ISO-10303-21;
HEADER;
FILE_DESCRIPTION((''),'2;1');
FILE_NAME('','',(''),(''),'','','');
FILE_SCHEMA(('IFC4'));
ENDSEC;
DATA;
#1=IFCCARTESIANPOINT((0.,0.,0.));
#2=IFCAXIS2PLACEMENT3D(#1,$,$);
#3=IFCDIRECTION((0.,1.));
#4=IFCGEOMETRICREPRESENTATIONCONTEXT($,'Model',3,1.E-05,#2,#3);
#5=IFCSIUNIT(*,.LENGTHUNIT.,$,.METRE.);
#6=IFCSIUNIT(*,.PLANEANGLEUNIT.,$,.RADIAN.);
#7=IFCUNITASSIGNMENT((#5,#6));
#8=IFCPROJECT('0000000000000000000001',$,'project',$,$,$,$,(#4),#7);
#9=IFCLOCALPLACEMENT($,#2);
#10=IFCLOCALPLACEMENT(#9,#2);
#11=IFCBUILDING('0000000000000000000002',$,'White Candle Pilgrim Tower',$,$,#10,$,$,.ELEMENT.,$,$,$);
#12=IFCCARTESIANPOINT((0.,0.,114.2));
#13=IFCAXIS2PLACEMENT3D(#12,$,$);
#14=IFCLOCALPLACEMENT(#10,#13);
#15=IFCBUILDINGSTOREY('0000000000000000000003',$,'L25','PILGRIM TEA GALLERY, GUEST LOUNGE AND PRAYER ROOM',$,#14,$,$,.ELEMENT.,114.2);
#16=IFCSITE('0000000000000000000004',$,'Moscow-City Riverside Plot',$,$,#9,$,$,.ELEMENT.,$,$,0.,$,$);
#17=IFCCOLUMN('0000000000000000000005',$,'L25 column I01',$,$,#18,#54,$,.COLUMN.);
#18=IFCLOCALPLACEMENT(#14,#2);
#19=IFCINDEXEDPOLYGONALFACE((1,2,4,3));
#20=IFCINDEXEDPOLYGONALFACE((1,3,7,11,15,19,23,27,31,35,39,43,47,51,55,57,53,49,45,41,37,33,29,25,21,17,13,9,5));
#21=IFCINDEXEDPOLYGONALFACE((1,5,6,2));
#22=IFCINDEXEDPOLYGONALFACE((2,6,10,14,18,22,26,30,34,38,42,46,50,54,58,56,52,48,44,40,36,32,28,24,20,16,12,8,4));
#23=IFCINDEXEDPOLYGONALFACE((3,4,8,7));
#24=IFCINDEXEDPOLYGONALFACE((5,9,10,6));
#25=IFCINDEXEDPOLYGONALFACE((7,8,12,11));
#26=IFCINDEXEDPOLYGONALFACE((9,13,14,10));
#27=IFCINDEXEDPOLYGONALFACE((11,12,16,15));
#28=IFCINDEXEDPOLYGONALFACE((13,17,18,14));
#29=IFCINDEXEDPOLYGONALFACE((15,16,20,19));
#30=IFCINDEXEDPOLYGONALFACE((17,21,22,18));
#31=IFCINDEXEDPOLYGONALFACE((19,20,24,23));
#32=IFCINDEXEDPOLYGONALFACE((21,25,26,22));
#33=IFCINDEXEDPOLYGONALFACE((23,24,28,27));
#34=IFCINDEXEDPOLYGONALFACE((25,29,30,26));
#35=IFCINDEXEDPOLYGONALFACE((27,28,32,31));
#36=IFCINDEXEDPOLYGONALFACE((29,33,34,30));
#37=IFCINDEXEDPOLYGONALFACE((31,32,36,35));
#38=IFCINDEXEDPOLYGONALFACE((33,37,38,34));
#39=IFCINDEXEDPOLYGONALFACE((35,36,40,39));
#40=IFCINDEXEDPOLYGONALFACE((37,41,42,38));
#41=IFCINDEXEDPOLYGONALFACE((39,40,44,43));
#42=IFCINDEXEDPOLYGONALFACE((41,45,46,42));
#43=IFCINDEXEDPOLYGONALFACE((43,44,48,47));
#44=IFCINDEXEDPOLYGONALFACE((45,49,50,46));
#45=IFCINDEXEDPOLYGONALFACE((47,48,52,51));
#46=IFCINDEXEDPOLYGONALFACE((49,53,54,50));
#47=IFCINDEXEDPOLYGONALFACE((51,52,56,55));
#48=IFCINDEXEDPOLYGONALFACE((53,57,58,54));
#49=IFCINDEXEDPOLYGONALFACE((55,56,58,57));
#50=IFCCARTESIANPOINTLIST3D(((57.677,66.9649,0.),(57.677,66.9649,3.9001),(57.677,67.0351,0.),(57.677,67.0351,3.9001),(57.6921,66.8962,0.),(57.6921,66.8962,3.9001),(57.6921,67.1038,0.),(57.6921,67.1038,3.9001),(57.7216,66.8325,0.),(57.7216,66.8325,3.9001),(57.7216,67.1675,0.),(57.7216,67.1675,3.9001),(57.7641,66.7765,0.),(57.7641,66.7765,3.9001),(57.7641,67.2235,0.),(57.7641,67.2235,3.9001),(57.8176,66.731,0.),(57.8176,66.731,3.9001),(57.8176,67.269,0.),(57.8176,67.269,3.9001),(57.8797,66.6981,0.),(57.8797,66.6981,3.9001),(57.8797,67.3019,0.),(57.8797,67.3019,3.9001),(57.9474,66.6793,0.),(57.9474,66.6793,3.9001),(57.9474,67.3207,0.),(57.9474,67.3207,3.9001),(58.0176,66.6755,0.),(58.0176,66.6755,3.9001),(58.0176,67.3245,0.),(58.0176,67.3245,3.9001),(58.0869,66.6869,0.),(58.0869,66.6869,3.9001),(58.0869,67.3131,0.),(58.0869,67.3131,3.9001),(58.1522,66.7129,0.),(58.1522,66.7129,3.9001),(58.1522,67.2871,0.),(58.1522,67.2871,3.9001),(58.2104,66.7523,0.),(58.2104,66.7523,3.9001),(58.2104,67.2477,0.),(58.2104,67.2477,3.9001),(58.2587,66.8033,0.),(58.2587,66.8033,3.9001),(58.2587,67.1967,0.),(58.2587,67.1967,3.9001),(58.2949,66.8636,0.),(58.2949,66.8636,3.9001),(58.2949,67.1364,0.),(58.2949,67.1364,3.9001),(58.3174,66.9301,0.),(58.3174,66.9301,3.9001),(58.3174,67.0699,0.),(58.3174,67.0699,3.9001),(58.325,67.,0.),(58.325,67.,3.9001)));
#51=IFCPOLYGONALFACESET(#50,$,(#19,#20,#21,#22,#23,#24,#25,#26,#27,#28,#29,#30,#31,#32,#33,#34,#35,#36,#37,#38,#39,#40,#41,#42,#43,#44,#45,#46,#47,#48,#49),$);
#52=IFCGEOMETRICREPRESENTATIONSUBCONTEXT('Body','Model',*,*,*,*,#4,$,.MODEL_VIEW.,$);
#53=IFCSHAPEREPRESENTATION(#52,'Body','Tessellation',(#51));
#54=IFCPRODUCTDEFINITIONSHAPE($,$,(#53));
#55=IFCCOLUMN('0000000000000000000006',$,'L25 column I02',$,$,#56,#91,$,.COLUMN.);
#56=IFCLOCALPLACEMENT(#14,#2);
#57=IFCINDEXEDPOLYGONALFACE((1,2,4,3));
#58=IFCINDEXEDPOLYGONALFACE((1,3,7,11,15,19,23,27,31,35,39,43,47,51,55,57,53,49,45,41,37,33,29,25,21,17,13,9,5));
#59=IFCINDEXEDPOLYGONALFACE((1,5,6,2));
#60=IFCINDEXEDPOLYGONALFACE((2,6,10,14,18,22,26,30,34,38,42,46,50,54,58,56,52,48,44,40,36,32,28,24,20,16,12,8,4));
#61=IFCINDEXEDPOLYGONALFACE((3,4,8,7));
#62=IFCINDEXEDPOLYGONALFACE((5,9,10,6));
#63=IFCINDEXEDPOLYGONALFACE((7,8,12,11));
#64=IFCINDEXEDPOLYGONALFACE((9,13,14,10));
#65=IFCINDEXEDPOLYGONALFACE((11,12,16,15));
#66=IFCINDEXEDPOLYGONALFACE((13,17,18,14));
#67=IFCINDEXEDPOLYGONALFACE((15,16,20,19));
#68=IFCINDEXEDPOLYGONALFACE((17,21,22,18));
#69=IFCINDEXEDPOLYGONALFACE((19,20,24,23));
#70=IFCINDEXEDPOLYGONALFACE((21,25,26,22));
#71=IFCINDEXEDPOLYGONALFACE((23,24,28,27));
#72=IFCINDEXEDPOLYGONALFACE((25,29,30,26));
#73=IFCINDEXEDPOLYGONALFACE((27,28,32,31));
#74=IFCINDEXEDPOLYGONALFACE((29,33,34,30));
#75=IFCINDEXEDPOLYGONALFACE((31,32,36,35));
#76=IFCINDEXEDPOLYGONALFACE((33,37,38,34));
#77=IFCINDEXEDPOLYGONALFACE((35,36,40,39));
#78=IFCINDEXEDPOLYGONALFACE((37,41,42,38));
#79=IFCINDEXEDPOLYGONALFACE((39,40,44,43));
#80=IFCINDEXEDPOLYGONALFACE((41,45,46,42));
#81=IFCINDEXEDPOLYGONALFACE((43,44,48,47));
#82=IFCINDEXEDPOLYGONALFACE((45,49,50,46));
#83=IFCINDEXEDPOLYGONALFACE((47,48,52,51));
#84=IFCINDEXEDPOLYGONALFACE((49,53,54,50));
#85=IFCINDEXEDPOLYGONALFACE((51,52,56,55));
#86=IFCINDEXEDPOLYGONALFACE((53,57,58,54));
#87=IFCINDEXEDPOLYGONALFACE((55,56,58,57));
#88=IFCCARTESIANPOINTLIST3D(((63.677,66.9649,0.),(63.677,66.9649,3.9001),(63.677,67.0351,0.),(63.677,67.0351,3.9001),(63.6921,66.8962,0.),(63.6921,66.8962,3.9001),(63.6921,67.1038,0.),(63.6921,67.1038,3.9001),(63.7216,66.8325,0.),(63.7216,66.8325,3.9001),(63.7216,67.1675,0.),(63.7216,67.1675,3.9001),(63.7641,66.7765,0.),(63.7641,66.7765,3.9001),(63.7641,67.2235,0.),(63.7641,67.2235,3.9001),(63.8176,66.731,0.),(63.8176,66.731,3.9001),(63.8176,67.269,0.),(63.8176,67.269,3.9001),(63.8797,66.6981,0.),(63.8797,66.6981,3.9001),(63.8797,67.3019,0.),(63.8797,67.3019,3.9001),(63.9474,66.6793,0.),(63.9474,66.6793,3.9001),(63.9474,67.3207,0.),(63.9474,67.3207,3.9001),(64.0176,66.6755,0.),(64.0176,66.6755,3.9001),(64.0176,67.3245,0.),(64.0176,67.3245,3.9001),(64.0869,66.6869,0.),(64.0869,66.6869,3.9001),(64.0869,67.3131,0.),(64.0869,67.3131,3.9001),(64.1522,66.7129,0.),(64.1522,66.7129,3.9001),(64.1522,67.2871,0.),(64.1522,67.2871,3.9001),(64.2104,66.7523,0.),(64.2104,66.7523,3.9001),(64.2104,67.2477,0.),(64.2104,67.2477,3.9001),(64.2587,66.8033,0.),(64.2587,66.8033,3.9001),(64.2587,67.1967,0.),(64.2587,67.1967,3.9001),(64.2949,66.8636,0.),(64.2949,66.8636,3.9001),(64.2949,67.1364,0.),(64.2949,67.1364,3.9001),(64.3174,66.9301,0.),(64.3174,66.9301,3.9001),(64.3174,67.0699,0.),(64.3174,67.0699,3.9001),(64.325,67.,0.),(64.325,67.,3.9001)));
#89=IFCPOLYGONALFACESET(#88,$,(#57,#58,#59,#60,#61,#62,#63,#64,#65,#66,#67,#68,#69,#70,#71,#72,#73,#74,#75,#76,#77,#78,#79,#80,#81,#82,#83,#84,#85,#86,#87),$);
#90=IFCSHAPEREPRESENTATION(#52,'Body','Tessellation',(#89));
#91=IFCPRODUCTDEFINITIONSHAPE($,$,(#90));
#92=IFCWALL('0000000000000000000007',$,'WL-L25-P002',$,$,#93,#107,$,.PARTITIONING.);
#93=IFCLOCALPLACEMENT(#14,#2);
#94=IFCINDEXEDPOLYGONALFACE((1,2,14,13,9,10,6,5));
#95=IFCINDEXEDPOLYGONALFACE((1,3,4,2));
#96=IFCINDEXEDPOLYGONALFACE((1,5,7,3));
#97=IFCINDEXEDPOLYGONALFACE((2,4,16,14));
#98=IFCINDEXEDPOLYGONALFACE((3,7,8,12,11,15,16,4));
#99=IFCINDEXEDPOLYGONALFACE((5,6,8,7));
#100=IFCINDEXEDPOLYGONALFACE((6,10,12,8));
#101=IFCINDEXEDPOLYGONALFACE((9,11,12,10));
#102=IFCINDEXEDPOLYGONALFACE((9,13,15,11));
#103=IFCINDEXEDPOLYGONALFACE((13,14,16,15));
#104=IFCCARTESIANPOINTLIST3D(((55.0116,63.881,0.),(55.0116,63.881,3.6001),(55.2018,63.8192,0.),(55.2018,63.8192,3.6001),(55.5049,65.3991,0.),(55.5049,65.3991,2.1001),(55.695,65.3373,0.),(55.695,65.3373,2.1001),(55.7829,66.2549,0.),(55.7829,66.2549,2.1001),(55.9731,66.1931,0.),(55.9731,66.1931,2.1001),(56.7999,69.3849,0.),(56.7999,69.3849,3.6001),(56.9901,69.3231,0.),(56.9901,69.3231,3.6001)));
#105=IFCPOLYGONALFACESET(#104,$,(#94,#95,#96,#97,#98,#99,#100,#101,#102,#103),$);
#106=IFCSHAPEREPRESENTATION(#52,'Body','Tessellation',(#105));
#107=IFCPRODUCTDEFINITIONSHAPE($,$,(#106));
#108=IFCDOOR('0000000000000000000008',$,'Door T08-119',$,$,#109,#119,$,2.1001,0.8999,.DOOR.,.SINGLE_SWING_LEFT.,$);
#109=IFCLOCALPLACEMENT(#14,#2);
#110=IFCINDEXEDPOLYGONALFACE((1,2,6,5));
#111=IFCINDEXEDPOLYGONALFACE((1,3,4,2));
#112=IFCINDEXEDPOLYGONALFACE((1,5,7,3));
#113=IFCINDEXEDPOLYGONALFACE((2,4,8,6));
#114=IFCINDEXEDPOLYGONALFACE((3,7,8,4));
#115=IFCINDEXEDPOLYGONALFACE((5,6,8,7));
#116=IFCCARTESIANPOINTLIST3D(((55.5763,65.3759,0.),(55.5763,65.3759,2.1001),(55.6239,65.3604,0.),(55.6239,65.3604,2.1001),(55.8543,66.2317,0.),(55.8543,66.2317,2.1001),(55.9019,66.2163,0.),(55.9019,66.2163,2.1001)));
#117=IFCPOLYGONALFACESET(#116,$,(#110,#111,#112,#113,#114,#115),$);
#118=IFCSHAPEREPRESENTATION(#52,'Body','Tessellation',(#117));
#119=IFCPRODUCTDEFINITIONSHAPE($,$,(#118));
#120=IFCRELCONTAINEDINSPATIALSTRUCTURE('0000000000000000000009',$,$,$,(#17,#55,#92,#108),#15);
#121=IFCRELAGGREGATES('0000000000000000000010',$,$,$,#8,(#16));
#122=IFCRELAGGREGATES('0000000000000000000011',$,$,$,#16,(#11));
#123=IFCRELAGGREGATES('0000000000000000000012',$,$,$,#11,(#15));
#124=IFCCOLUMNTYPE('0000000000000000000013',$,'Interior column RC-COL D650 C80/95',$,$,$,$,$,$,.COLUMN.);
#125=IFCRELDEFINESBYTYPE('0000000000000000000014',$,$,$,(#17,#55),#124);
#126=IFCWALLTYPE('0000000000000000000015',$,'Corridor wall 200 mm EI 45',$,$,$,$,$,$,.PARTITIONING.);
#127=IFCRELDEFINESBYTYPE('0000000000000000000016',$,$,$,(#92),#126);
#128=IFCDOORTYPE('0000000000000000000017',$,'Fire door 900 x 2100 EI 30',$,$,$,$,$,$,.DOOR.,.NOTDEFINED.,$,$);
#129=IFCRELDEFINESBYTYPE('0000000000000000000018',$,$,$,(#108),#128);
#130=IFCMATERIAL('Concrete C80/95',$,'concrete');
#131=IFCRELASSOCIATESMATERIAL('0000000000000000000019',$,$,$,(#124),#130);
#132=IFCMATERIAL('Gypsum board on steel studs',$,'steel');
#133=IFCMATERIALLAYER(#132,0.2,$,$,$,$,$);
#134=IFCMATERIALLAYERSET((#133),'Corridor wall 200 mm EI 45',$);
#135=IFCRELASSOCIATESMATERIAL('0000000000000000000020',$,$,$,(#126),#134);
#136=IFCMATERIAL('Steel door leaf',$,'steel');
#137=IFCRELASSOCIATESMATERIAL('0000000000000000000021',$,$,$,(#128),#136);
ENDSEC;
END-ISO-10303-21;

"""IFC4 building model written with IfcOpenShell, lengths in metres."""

from ifc_helpers import new_model, si_unit, direction, frame, frame_2d, origin, origin_2d, place, context, subcontext, project, spatial, rectangle, circle, extrude, material, layer, layer_set, material_profile, profile_set, type_object, element, fill, save


model = new_model("IFC4")

# Units and contexts
model_context = context("Model", 3, precision=1e-05, world=origin(), true_north=direction((0.0, 1.0)))
body_context = subcontext(model_context, "Body", "Model", "MODEL_VIEW")
ifc_project = project(units=[si_unit("LENGTHUNIT", "METRE"), si_unit("PLANEANGLEUNIT", "RADIAN")], contexts=[model_context])

# Site, building, storey
site_placement = place(None, origin())
site = spatial("IfcSite", under=ifc_project, at=site_placement, Name="Moscow-City Riverside Plot", CompositionType="ELEMENT", RefElevation=0.0)
building_placement = place(site_placement, origin())
building = spatial("IfcBuilding", under=site, at=building_placement, Name="White Candle Pilgrim Tower", CompositionType="ELEMENT")
storey_placement = place(building_placement, frame((0.0, 0.0, 114.2)))
storey = spatial("IfcBuildingStorey", under=building, at=storey_placement, Name="L25", Description="PILGRIM TEA GALLERY, GUEST LOUNGE AND PRAYER ROOM", CompositionType="ELEMENT", Elevation=114.2)

# Columns
ifc_material_1 = material(Name="Concrete C80/95", Category="concrete")
ifc_material_profile = material_profile(ifc_material_1, circle(Radius=0.325, at=origin_2d()), Name="RC-COL D650")
ifc_profile_set = profile_set([ifc_material_profile], Name="Concrete C80/95")
column_type = type_object("IfcColumnType", Name="Interior column RC-COL D650 C80/95", PredefinedType="COLUMN", material=ifc_profile_set)
for number, where, z_axis, x_axis, name in (
    (1, (58.0, 67.0, 0.0), (0.0, 0.0, 1.0), (1.0, 0.0, 0.0), "L25 column I01"),
    (2, (64.0, 67.0, 0.0), (0.0, 0.0, 1.0), (1.0, 0.0, 0.0), "L25 column I02"),
):
    element("IfcColumn", number, at=place(storey_placement, frame(where, z_axis=z_axis, x_axis=x_axis)), inside=storey, type_object=column_type, Name=name, PredefinedType="COLUMN", context=body_context, shape_type="SweptSolid", body=[
        extrude(circle(Radius=0.325, at=origin_2d()), origin(), (0.0, 0.0, 1.0), 3.9001),
    ])

# Wall, opening, door
ifc_material_2 = material(Name="Gypsum board on steel studs", Category="steel")
ifc_layer_1 = layer(ifc_material_2, 0.2)
ifc_layer_set_1 = layer_set([ifc_layer_1], Name="Corridor wall 200 mm EI 45")
wall_type_1 = type_object("IfcWallType", Name="Corridor wall 200 mm EI 45", PredefinedType="PARTITIONING", material=ifc_layer_set_1)
wall_1_placement = place(storey_placement, frame((55.1067, 63.8501, 0.0), z_axis=(0.0, 0.0, 1.0), x_axis=(0.309017, 0.951056, 0.0)))
wall_1 = element("IfcWall", 3, at=wall_1_placement, inside=storey, type_object=wall_type_1, Name="WL-L25-P002", PredefinedType="PARTITIONING", context=body_context, shape_type="SweptSolid", body=[
    extrude(rectangle(XDim=5.7871, YDim=0.2, at=frame_2d((2.8936, 0.0))), origin(), (0.0, 0.0, 1.0), 3.6001),
])
opening_1_placement = place(wall_1_placement, frame((1.5962, 0.0, 0.0)))
opening_1 = element("IfcOpeningElement", 4, at=opening_1_placement, cuts=wall_1, PredefinedType="OPENING", context=body_context, shape_type="SweptSolid", body=[
    extrude(rectangle(XDim=0.8999, YDim=2.1001, at=frame_2d((0.45, 1.05))), frame((0.0, 0.1099, 0.0), z_axis=(0.0, -1.0, 0.0), x_axis=(1.0, 0.0, 0.0)), (0.0, 0.0, 1.0), 0.22),
])
ifc_material_3 = material(Name="Steel door leaf", Category="steel")
door_type = type_object("IfcDoorType", Name="Fire door 900 x 2100 EI 30", OperationType="NOTDEFINED", PredefinedType="DOOR", material=ifc_material_3)
door_1_placement = place(opening_1_placement, origin())
door_1 = element("IfcDoor", 5, at=door_1_placement, inside=storey, type_object=door_type, Name="Door T08-119", OperationType="SINGLE_SWING_LEFT", OverallHeight=2.1001, OverallWidth=0.8999, PredefinedType="DOOR", context=body_context, shape_type="SweptSolid", body=[
    extrude(rectangle(XDim=0.8999, YDim=2.1001, at=frame_2d((0.45, 1.05))), frame((0.0, 0.0249, 0.0), z_axis=(0.0, -1.0, 0.0), x_axis=(1.0, 0.0, 0.0)), (0.0, 0.0, 1.0), 0.05),
])
fill(opening_1, door_1)

save(model, "model.ifc")
